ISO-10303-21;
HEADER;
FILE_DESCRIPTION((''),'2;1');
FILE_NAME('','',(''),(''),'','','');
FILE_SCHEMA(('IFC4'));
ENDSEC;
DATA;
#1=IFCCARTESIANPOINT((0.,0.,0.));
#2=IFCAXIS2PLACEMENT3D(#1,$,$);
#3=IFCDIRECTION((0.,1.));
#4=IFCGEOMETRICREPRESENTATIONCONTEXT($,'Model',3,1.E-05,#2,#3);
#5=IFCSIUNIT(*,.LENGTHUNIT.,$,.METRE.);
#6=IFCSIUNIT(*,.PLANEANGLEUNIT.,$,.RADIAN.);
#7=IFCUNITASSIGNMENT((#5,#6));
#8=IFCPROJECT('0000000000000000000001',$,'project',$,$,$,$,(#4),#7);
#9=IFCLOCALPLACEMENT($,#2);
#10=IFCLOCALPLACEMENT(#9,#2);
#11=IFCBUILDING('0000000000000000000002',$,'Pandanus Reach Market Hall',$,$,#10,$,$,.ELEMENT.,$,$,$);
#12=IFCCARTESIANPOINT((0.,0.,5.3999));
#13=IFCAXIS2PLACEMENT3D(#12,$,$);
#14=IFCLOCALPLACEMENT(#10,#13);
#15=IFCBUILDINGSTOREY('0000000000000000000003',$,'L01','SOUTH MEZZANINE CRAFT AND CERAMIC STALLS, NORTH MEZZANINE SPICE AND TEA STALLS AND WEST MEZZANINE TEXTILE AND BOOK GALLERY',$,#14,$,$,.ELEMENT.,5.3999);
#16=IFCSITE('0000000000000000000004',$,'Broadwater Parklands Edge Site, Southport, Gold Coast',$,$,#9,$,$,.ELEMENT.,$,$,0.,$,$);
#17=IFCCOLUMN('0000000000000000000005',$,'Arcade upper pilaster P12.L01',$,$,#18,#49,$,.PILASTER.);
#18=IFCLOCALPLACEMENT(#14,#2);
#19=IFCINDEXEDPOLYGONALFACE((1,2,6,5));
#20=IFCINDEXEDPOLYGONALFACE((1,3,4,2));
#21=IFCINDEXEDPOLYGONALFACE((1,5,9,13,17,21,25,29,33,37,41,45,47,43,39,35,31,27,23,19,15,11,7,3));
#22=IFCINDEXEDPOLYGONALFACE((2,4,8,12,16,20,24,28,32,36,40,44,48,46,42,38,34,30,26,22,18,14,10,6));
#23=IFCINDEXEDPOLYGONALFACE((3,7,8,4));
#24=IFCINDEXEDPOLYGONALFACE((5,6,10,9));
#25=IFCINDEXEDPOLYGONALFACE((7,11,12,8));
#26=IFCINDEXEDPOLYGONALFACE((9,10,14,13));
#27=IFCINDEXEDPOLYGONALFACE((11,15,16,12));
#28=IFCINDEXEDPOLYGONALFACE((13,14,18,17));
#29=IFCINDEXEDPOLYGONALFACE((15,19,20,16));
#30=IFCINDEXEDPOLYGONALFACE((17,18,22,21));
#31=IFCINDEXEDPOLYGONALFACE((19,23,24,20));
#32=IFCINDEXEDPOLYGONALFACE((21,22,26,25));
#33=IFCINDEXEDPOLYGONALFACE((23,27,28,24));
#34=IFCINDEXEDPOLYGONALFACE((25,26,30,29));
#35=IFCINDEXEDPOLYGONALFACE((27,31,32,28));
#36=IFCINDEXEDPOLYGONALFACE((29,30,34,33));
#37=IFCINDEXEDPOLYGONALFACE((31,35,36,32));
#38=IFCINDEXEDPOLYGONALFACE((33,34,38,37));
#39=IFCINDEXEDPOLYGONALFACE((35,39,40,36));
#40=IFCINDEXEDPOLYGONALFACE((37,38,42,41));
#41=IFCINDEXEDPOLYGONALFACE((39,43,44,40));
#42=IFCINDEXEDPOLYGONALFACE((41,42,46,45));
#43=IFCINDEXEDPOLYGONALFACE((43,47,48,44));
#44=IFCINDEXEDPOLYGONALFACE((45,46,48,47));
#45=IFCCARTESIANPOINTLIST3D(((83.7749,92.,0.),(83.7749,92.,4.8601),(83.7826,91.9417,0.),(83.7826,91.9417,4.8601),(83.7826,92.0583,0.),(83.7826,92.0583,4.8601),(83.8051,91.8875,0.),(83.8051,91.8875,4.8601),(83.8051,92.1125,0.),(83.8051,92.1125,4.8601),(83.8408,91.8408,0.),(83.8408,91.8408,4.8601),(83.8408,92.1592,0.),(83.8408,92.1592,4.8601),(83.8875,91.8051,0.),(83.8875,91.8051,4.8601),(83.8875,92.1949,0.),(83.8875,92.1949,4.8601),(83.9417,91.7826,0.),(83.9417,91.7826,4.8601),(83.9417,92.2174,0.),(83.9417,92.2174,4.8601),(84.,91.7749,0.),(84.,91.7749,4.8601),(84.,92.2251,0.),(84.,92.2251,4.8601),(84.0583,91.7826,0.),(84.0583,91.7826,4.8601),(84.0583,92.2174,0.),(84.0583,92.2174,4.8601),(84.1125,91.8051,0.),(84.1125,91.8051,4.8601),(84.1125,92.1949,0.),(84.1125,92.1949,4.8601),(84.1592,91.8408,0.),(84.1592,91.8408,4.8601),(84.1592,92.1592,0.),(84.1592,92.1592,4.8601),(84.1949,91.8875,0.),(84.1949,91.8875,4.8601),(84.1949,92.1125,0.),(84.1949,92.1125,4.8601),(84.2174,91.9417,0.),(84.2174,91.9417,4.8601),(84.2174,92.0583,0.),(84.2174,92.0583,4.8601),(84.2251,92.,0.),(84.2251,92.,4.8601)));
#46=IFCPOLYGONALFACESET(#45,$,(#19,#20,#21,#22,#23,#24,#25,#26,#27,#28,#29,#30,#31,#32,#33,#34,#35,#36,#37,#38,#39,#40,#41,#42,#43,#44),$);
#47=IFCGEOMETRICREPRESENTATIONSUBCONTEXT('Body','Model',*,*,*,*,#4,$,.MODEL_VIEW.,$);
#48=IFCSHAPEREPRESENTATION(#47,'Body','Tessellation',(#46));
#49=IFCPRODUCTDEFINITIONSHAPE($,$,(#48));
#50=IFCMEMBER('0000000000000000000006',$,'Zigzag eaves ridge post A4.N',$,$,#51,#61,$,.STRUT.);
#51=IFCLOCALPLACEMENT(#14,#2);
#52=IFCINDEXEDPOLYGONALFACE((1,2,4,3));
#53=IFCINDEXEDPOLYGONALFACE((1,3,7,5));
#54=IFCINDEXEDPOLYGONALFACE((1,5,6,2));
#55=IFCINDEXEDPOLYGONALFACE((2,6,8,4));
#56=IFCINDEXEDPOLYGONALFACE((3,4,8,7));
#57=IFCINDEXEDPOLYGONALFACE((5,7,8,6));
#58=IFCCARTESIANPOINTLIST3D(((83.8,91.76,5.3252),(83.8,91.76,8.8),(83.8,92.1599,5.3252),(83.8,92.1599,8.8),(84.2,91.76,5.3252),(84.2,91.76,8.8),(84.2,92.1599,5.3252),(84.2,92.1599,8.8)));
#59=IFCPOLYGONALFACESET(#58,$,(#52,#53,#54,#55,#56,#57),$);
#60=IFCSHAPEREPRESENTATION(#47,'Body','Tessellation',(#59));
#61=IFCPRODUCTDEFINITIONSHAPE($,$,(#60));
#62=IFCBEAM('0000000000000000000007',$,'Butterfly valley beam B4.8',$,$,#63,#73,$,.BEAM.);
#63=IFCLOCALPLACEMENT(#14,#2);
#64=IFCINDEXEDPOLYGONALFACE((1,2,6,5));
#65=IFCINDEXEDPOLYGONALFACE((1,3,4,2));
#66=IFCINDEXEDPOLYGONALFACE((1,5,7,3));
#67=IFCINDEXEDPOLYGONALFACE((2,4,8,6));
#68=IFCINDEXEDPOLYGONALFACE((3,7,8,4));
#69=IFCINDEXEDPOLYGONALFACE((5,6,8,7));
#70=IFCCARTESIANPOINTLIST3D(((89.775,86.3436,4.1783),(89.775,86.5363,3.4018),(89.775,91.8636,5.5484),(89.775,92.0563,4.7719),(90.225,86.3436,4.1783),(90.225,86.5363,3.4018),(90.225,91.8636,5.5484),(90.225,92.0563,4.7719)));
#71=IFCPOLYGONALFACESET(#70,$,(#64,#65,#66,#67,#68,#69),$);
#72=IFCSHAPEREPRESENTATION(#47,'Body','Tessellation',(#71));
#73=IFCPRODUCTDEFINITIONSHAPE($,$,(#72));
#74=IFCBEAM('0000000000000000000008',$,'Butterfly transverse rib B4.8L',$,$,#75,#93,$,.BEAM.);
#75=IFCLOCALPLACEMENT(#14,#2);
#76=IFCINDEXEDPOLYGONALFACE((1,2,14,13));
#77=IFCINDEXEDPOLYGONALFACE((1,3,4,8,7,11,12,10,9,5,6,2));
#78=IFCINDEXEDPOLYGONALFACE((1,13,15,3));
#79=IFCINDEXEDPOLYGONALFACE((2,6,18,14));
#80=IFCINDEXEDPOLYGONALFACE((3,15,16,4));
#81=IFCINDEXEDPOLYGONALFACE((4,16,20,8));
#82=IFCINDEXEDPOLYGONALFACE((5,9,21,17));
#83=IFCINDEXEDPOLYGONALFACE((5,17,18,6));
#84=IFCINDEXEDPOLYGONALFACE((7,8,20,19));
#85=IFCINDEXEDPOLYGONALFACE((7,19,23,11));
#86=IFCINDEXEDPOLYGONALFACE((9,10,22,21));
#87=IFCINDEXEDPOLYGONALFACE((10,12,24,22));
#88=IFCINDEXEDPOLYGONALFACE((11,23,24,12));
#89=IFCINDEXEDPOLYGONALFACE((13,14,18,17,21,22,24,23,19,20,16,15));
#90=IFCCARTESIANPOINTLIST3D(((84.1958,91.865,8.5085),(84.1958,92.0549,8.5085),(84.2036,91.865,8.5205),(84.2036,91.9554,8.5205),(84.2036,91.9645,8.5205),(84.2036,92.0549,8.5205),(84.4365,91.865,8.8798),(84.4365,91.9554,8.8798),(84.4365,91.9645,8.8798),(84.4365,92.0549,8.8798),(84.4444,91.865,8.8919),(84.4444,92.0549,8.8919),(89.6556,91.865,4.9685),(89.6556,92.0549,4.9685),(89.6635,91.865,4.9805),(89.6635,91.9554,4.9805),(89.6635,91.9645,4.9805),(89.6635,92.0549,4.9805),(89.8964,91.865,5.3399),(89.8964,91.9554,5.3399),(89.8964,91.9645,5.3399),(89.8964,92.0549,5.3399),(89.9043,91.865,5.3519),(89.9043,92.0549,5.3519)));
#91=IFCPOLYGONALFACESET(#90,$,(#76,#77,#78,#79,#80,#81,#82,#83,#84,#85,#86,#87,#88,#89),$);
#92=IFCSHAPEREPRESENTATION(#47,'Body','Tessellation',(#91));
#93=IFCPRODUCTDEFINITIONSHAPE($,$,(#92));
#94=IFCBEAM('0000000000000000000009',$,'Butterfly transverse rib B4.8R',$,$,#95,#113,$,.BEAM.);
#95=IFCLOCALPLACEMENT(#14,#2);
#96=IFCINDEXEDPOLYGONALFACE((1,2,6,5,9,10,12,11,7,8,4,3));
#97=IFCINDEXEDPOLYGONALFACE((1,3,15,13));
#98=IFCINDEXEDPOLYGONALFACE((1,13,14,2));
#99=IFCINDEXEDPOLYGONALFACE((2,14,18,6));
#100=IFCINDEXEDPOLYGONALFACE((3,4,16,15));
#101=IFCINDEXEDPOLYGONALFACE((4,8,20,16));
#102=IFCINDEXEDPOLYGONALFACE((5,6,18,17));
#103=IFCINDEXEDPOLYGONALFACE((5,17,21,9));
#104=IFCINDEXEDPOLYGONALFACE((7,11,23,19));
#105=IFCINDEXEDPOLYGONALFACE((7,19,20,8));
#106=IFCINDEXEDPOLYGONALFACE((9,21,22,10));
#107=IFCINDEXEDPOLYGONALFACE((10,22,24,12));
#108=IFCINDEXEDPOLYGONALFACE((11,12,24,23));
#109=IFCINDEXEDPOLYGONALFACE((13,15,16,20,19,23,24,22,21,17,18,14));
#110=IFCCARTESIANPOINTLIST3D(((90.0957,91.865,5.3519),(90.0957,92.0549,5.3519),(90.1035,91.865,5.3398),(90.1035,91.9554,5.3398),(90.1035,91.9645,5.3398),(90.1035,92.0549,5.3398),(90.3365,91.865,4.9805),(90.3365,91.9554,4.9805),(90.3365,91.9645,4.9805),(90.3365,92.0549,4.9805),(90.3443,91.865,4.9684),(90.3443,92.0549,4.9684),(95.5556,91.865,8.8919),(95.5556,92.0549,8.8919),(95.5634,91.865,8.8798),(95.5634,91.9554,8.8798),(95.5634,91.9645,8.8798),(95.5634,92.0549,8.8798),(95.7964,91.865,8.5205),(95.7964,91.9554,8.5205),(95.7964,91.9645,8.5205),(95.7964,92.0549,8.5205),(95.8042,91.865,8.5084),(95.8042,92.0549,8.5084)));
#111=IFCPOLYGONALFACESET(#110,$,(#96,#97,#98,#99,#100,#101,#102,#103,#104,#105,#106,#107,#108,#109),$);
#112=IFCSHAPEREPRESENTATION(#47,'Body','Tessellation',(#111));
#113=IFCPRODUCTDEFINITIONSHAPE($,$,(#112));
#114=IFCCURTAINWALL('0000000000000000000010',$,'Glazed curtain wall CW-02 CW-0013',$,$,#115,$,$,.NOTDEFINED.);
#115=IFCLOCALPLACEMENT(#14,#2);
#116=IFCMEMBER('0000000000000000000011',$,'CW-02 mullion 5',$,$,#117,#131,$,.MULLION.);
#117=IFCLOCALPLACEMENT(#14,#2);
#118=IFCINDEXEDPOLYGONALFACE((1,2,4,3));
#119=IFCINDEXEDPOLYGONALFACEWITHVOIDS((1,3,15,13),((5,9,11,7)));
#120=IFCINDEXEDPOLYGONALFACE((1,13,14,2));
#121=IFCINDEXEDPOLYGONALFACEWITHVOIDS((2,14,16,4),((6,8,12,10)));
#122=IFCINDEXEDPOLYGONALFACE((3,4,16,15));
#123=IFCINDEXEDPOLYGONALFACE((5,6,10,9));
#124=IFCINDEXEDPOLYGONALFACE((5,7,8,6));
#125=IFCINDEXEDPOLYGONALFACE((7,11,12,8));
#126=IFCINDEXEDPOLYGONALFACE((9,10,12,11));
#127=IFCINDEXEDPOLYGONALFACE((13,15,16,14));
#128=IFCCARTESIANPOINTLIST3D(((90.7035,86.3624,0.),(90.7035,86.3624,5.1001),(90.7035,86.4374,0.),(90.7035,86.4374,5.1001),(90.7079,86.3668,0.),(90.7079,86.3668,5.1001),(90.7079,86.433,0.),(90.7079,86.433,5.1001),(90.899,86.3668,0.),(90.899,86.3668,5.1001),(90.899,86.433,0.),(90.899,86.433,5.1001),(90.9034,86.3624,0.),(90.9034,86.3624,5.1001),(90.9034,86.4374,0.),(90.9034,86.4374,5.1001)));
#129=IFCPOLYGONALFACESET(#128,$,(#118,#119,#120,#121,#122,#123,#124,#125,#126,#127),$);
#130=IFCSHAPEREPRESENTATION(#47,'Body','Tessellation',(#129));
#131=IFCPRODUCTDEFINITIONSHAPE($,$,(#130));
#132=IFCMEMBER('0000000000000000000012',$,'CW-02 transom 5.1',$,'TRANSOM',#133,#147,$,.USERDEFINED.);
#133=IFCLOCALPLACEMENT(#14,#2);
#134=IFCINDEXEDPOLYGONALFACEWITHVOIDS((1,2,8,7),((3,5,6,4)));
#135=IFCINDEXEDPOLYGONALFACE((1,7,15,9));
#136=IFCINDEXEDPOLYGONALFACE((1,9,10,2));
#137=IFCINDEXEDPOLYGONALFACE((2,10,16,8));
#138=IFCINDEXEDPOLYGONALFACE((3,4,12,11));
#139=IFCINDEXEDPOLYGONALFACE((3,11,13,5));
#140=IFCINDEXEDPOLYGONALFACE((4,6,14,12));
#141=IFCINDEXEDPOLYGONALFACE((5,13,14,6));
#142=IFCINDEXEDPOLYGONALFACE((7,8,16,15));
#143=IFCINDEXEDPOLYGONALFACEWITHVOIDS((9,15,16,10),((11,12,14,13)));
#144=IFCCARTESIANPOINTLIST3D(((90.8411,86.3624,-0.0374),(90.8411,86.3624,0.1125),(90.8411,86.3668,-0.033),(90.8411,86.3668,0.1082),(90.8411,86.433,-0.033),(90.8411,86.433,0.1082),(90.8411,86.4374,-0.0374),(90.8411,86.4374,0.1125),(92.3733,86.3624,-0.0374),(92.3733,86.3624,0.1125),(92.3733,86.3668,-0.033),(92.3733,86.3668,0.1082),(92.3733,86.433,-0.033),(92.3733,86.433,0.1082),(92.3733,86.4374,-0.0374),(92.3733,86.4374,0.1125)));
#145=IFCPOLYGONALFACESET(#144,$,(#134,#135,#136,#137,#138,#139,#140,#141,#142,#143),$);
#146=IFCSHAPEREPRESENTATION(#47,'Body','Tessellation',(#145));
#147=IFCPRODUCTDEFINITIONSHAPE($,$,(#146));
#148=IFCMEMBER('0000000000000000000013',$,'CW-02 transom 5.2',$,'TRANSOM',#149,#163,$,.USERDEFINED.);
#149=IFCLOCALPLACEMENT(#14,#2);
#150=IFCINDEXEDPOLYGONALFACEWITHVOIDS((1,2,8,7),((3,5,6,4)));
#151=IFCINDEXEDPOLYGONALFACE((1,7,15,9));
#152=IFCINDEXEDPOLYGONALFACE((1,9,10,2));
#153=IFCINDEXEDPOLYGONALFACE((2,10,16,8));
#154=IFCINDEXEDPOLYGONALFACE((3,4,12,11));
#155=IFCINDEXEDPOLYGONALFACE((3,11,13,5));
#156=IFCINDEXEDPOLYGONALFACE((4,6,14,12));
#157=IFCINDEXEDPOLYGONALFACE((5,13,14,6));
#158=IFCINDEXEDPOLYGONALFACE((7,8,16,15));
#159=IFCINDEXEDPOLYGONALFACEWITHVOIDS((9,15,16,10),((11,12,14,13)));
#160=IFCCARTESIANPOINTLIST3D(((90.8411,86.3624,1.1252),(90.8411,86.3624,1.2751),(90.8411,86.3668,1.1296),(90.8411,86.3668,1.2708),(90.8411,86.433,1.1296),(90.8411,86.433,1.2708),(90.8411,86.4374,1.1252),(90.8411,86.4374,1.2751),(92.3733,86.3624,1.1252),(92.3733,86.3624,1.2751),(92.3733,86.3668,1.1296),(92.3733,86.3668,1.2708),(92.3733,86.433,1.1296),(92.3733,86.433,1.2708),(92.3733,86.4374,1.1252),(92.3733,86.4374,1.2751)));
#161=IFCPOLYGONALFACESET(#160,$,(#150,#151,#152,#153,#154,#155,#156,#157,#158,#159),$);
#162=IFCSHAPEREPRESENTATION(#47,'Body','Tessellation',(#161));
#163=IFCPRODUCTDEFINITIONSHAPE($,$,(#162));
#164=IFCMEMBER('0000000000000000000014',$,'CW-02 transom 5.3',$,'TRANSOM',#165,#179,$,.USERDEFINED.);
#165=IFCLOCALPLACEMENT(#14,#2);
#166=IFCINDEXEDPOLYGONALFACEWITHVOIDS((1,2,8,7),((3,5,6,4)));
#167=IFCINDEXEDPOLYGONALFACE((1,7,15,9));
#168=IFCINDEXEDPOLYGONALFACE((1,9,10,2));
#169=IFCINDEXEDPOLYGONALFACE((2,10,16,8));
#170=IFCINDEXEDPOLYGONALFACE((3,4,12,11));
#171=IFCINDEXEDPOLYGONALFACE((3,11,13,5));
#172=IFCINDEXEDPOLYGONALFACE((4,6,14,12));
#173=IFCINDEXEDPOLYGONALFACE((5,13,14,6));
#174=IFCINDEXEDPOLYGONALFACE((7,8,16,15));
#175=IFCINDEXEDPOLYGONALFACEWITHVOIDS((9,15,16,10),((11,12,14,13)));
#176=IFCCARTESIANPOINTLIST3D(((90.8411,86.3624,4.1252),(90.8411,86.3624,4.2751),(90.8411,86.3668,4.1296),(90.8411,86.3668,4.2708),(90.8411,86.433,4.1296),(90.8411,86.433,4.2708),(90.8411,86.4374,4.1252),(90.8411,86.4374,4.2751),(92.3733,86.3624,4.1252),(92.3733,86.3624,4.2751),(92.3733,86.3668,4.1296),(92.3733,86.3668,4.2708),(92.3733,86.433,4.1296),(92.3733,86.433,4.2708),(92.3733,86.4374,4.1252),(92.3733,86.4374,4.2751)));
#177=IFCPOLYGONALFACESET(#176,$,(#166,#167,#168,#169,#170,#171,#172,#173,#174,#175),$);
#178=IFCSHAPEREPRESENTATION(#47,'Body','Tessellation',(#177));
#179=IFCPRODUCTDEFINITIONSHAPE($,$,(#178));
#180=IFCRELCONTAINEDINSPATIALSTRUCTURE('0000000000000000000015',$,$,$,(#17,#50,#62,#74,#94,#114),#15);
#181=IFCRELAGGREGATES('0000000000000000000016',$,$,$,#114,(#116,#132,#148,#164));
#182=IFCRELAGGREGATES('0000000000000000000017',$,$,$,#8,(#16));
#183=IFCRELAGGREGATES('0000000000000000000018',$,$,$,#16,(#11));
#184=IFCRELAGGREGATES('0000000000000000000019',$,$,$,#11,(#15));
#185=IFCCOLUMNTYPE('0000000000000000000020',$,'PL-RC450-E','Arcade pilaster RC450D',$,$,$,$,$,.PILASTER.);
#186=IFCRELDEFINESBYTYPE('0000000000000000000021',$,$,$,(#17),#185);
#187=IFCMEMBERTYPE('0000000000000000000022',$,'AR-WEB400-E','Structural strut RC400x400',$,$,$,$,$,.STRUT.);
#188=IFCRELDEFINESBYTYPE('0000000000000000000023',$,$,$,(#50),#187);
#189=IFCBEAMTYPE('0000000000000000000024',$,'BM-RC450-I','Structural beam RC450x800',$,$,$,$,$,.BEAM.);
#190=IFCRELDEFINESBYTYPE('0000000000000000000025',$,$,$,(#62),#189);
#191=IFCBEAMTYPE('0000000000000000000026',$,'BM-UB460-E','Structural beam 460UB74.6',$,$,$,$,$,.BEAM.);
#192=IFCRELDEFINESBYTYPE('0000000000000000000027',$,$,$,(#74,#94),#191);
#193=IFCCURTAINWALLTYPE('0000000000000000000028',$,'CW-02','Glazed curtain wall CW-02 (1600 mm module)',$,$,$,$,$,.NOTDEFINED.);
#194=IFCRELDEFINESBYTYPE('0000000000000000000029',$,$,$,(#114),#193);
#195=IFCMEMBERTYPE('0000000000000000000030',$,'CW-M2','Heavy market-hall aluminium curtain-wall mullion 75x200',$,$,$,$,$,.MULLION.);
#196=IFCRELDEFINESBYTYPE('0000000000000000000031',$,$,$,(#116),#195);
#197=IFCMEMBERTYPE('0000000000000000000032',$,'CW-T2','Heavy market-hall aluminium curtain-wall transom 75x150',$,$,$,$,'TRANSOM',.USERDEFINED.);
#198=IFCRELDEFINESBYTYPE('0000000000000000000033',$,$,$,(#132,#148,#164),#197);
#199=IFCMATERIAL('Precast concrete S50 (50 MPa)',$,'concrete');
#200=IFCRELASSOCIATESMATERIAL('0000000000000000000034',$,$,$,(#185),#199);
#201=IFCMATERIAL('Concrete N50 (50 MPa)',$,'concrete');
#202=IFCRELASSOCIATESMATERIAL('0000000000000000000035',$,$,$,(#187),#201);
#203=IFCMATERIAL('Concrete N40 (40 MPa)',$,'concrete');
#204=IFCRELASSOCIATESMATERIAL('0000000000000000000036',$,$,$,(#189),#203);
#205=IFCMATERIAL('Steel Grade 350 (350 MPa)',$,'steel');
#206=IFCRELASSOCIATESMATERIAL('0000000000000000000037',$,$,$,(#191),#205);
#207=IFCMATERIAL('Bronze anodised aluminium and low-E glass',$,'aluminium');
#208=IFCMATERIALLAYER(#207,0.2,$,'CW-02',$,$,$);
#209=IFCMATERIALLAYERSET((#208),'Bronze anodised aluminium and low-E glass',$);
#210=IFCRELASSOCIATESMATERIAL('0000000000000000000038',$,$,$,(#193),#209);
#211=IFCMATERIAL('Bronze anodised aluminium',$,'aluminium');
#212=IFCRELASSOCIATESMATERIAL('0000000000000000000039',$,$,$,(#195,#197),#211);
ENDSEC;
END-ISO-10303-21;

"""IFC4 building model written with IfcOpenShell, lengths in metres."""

from ifc_helpers import new_model, si_unit, direction, frame, origin, origin_2d, place, context, subcontext, project, spatial, rectangle, hollow_rectangle, circle, i_section, extrude, material, layer, layer_set, material_profile, profile_set, type_object, element, aggregate, save


model = new_model("IFC4")

# Units and contexts
model_context = context("Model", 3, precision=1e-05, world=origin(), true_north=direction((0.0, 1.0)))
body_context = subcontext(model_context, "Body", "Model", "MODEL_VIEW")
ifc_project = project(units=[si_unit("LENGTHUNIT", "METRE"), si_unit("PLANEANGLEUNIT", "RADIAN")], contexts=[model_context])

# Site, building, storey
site_placement = place(None, origin())
site = spatial("IfcSite", under=ifc_project, at=site_placement, Name="Broadwater Parklands Edge Site, Southport, Gold Coast", CompositionType="ELEMENT", RefElevation=0.0)
building_placement = place(site_placement, origin())
building = spatial("IfcBuilding", under=site, at=building_placement, Name="Pandanus Reach Market Hall", CompositionType="ELEMENT")
storey_placement = place(building_placement, frame((0.0, 0.0, 5.3999)))
storey = spatial("IfcBuildingStorey", under=building, at=storey_placement, Name="L01", Description="SOUTH MEZZANINE CRAFT AND CERAMIC STALLS, NORTH MEZZANINE SPICE AND TEA STALLS AND WEST MEZZANINE TEXTILE AND BOOK GALLERY", CompositionType="ELEMENT", Elevation=5.3999)

# Column
ifc_material_1 = material(Name="Precast concrete S50 (50 MPa)", Category="concrete")
ifc_material_profile_1 = material_profile(ifc_material_1, circle(Radius=0.2251, at=origin_2d()), Name="RC450D", Category="LoadBearing")
ifc_profile_set_1 = profile_set([ifc_material_profile_1], Name="Precast concrete S50 (50 MPa)")
column_type = type_object("IfcColumnType", Name="PL-RC450-E", Description="Arcade pilaster RC450D", PredefinedType="PILASTER", material=ifc_profile_set_1)
column_placement = place(storey_placement, frame((84.0, 92.0, 0.0), z_axis=(0.0, 0.0, 1.0), x_axis=(1.0, 0.0, 0.0)))
element("IfcColumn", 1, at=column_placement, inside=storey, type_object=column_type, Name="Arcade upper pilaster P12.L01", PredefinedType="PILASTER", context=body_context, shape_type="SweptSolid", body=[
    extrude(circle(Radius=0.2251, at=origin_2d()), origin(), (0.0, 0.0, 1.0), 4.8601),
])

# Member
ifc_material_2 = material(Name="Concrete N50 (50 MPa)", Category="concrete")
ifc_material_profile_2 = material_profile(ifc_material_2, rectangle(XDim=0.3999, YDim=0.3999, at=origin_2d()), Name="RC400x400", Category="LoadBearing")
ifc_profile_set_2 = profile_set([ifc_material_profile_2], Name="Concrete N50 (50 MPa)")
member_type_1 = type_object("IfcMemberType", Name="AR-WEB400-E", Description="Structural strut RC400x400", PredefinedType="STRUT", material=ifc_profile_set_2)
member_1_placement = place(storey_placement, frame((84.0, 91.96, 5.3252), z_axis=(0.0, 0.0, 1.0), x_axis=(1.0, 0.0, 0.0)))
element("IfcMember", 2, at=member_1_placement, inside=storey, type_object=member_type_1, Name="Zigzag eaves ridge post A4.N", PredefinedType="STRUT", context=body_context, shape_type="SweptSolid", body=[
    extrude(rectangle(XDim=0.3999, YDim=0.3999, at=origin_2d()), origin(), (0.0, 0.0, 1.0), 3.4749),
])

# Beams
ifc_material_3 = material(Name="Concrete N40 (40 MPa)", Category="concrete")
ifc_material_profile_3 = material_profile(ifc_material_3, rectangle(XDim=0.45, YDim=0.8, at=origin_2d()), Name="RC450x800", Category="LoadBearing")
ifc_profile_set_3 = profile_set([ifc_material_profile_3], Name="Concrete N40 (40 MPa)")
beam_type_1 = type_object("IfcBeamType", Name="BM-RC450-I", Description="Structural beam RC450x800", PredefinedType="BEAM", material=ifc_profile_set_3)
beam_placement = place(storey_placement, frame((90.0, 86.4399, 3.79), z_axis=(0.0, 0.97055, 0.240899), x_axis=(-1.0, 0.0, 0.0)))
element("IfcBeam", 3, at=beam_placement, inside=storey, type_object=beam_type_1, Name="Butterfly valley beam B4.8", PredefinedType="BEAM", context=body_context, shape_type="SweptSolid", body=[
    extrude(rectangle(XDim=0.45, YDim=0.8, at=origin_2d()), origin(), (0.0, 0.0, 1.0), 5.6875),
])
ifc_material_4 = material(Name="Steel Grade 350 (350 MPa)", Category="steel")
ifc_material_profile_4 = material_profile(ifc_material_4, i_section(OverallWidth=0.1899, OverallDepth=0.457, WebThickness=0.009, FlangeThickness=0.0144, at=origin_2d()), Name="460UB74.6", Category="LoadBearing")
ifc_profile_set_4 = profile_set([ifc_material_profile_4], Name="Steel Grade 350 (350 MPa)")
beam_type_2 = type_object("IfcBeamType", Name="BM-UB460-E", Description="Structural beam 460UB74.6", PredefinedType="BEAM", material=ifc_profile_set_4)
for number, where, z_axis, x_axis, name in (
    (4, (84.3201, 91.96, 8.7002), (0.839071, 0.0, -0.544023), (0.0, 1.0, 0.0), "Butterfly transverse rib B4.8L"),
    (5, (90.22, 91.96, 5.1602), (0.839071, 0.0, 0.544023), (0.0, 1.0, 0.0), "Butterfly transverse rib B4.8R"),
):
    element("IfcBeam", number, at=place(storey_placement, frame(where, z_axis=z_axis, x_axis=x_axis)), inside=storey, type_object=beam_type_2, Name=name, PredefinedType="BEAM", context=body_context, shape_type="SweptSolid", body=[
        extrude(i_section(OverallWidth=0.1899, OverallDepth=0.457, WebThickness=0.009, FlangeThickness=0.0144, at=origin_2d()), origin(), (0.0, 0.0, 1.0), 6.5071),
    ])

# Curtain wall, members
ifc_material_5 = material(Name="Bronze anodised aluminium and low-E glass", Category="aluminium")
ifc_layer_1 = layer(ifc_material_5, 0.2, Name="CW-02")
ifc_layer_set_1 = layer_set([ifc_layer_1], Name="Bronze anodised aluminium and low-E glass")
curtain_wall_type = type_object("IfcCurtainWallType", Name="CW-02", Description="Glazed curtain wall CW-02 (1600 mm module)", PredefinedType="NOTDEFINED", material=ifc_layer_set_1)
curtain_wall_placement = place(storey_placement, origin())
curtain_wall = element("IfcCurtainWall", 6, at=curtain_wall_placement, inside=storey, type_object=curtain_wall_type, Name="Glazed curtain wall CW-02 CW-0013", PredefinedType="NOTDEFINED")
ifc_material_6 = material(Name="Bronze anodised aluminium", Category="aluminium")
ifc_material_profile_5 = material_profile(ifc_material_6, hollow_rectangle(XDim=0.075, YDim=0.2, WallThickness=0.0044, at=origin_2d()), Name="ALU75x200", Category="LoadBearing")
ifc_profile_set_5 = profile_set([ifc_material_profile_5], Name="Bronze anodised aluminium")
member_type_2 = type_object("IfcMemberType", Name="CW-M2", Description="Heavy market-hall aluminium curtain-wall mullion 75x200", PredefinedType="MULLION", material=ifc_profile_set_5)
member_2_placement = place(storey_placement, frame((90.8035, 86.3999, 0.0), z_axis=(0.0, 0.0, 1.0), x_axis=(0.0, 1.0, 0.0)))
member_2 = element("IfcMember", 7, at=member_2_placement, type_object=member_type_2, Name="CW-02 mullion 5", PredefinedType="MULLION", context=body_context, shape_type="SweptSolid", body=[
    extrude(hollow_rectangle(XDim=0.075, YDim=0.2, WallThickness=0.0044, at=origin_2d()), origin(), (0.0, 0.0, 1.0), 5.1001),
])
ifc_material_profile_6 = material_profile(ifc_material_6, hollow_rectangle(XDim=0.075, YDim=0.1499, WallThickness=0.0044, at=origin_2d()), Name="ALU75x150", Category="LoadBearing")
ifc_profile_set_6 = profile_set([ifc_material_profile_6], Name="Bronze anodised aluminium")
member_type_3 = type_object("IfcMemberType", Name="CW-T2", Description="Heavy market-hall aluminium curtain-wall transom 75x150", ElementType="TRANSOM", PredefinedType="USERDEFINED", material=ifc_profile_set_6)
member_3_placement = place(storey_placement, frame((90.8411, 86.3999, 0.0376), z_axis=(1.0, 0.0, 0.0), x_axis=(0.0, 1.0, 0.0)))
member_3 = element("IfcMember", 8, at=member_3_placement, type_object=member_type_3, Name="CW-02 transom 5.1", ObjectType="TRANSOM", PredefinedType="USERDEFINED", context=body_context, shape_type="SweptSolid", body=[
    extrude(hollow_rectangle(XDim=0.075, YDim=0.1499, WallThickness=0.0044, at=origin_2d()), origin(), (0.0, 0.0, 1.0), 1.5322),
])
member_4_placement = place(storey_placement, frame((90.8411, 86.3999, 1.2002), z_axis=(1.0, 0.0, 0.0), x_axis=(0.0, 1.0, 0.0)))
member_4 = element("IfcMember", 9, at=member_4_placement, type_object=member_type_3, Name="CW-02 transom 5.2", ObjectType="TRANSOM", PredefinedType="USERDEFINED", context=body_context, shape_type="SweptSolid", body=[
    extrude(hollow_rectangle(XDim=0.075, YDim=0.1499, WallThickness=0.0044, at=origin_2d()), origin(), (0.0, 0.0, 1.0), 1.5322),
])
member_5_placement = place(storey_placement, frame((90.8411, 86.3999, 4.2002), z_axis=(1.0, 0.0, 0.0), x_axis=(0.0, 1.0, 0.0)))
member_5 = element("IfcMember", 10, at=member_5_placement, type_object=member_type_3, Name="CW-02 transom 5.3", ObjectType="TRANSOM", PredefinedType="USERDEFINED", context=body_context, shape_type="SweptSolid", body=[
    extrude(hollow_rectangle(XDim=0.075, YDim=0.1499, WallThickness=0.0044, at=origin_2d()), origin(), (0.0, 0.0, 1.0), 1.5322),
])
aggregate(curtain_wall, [member_2, member_3, member_4, member_5])

save(model, "model.ifc")
